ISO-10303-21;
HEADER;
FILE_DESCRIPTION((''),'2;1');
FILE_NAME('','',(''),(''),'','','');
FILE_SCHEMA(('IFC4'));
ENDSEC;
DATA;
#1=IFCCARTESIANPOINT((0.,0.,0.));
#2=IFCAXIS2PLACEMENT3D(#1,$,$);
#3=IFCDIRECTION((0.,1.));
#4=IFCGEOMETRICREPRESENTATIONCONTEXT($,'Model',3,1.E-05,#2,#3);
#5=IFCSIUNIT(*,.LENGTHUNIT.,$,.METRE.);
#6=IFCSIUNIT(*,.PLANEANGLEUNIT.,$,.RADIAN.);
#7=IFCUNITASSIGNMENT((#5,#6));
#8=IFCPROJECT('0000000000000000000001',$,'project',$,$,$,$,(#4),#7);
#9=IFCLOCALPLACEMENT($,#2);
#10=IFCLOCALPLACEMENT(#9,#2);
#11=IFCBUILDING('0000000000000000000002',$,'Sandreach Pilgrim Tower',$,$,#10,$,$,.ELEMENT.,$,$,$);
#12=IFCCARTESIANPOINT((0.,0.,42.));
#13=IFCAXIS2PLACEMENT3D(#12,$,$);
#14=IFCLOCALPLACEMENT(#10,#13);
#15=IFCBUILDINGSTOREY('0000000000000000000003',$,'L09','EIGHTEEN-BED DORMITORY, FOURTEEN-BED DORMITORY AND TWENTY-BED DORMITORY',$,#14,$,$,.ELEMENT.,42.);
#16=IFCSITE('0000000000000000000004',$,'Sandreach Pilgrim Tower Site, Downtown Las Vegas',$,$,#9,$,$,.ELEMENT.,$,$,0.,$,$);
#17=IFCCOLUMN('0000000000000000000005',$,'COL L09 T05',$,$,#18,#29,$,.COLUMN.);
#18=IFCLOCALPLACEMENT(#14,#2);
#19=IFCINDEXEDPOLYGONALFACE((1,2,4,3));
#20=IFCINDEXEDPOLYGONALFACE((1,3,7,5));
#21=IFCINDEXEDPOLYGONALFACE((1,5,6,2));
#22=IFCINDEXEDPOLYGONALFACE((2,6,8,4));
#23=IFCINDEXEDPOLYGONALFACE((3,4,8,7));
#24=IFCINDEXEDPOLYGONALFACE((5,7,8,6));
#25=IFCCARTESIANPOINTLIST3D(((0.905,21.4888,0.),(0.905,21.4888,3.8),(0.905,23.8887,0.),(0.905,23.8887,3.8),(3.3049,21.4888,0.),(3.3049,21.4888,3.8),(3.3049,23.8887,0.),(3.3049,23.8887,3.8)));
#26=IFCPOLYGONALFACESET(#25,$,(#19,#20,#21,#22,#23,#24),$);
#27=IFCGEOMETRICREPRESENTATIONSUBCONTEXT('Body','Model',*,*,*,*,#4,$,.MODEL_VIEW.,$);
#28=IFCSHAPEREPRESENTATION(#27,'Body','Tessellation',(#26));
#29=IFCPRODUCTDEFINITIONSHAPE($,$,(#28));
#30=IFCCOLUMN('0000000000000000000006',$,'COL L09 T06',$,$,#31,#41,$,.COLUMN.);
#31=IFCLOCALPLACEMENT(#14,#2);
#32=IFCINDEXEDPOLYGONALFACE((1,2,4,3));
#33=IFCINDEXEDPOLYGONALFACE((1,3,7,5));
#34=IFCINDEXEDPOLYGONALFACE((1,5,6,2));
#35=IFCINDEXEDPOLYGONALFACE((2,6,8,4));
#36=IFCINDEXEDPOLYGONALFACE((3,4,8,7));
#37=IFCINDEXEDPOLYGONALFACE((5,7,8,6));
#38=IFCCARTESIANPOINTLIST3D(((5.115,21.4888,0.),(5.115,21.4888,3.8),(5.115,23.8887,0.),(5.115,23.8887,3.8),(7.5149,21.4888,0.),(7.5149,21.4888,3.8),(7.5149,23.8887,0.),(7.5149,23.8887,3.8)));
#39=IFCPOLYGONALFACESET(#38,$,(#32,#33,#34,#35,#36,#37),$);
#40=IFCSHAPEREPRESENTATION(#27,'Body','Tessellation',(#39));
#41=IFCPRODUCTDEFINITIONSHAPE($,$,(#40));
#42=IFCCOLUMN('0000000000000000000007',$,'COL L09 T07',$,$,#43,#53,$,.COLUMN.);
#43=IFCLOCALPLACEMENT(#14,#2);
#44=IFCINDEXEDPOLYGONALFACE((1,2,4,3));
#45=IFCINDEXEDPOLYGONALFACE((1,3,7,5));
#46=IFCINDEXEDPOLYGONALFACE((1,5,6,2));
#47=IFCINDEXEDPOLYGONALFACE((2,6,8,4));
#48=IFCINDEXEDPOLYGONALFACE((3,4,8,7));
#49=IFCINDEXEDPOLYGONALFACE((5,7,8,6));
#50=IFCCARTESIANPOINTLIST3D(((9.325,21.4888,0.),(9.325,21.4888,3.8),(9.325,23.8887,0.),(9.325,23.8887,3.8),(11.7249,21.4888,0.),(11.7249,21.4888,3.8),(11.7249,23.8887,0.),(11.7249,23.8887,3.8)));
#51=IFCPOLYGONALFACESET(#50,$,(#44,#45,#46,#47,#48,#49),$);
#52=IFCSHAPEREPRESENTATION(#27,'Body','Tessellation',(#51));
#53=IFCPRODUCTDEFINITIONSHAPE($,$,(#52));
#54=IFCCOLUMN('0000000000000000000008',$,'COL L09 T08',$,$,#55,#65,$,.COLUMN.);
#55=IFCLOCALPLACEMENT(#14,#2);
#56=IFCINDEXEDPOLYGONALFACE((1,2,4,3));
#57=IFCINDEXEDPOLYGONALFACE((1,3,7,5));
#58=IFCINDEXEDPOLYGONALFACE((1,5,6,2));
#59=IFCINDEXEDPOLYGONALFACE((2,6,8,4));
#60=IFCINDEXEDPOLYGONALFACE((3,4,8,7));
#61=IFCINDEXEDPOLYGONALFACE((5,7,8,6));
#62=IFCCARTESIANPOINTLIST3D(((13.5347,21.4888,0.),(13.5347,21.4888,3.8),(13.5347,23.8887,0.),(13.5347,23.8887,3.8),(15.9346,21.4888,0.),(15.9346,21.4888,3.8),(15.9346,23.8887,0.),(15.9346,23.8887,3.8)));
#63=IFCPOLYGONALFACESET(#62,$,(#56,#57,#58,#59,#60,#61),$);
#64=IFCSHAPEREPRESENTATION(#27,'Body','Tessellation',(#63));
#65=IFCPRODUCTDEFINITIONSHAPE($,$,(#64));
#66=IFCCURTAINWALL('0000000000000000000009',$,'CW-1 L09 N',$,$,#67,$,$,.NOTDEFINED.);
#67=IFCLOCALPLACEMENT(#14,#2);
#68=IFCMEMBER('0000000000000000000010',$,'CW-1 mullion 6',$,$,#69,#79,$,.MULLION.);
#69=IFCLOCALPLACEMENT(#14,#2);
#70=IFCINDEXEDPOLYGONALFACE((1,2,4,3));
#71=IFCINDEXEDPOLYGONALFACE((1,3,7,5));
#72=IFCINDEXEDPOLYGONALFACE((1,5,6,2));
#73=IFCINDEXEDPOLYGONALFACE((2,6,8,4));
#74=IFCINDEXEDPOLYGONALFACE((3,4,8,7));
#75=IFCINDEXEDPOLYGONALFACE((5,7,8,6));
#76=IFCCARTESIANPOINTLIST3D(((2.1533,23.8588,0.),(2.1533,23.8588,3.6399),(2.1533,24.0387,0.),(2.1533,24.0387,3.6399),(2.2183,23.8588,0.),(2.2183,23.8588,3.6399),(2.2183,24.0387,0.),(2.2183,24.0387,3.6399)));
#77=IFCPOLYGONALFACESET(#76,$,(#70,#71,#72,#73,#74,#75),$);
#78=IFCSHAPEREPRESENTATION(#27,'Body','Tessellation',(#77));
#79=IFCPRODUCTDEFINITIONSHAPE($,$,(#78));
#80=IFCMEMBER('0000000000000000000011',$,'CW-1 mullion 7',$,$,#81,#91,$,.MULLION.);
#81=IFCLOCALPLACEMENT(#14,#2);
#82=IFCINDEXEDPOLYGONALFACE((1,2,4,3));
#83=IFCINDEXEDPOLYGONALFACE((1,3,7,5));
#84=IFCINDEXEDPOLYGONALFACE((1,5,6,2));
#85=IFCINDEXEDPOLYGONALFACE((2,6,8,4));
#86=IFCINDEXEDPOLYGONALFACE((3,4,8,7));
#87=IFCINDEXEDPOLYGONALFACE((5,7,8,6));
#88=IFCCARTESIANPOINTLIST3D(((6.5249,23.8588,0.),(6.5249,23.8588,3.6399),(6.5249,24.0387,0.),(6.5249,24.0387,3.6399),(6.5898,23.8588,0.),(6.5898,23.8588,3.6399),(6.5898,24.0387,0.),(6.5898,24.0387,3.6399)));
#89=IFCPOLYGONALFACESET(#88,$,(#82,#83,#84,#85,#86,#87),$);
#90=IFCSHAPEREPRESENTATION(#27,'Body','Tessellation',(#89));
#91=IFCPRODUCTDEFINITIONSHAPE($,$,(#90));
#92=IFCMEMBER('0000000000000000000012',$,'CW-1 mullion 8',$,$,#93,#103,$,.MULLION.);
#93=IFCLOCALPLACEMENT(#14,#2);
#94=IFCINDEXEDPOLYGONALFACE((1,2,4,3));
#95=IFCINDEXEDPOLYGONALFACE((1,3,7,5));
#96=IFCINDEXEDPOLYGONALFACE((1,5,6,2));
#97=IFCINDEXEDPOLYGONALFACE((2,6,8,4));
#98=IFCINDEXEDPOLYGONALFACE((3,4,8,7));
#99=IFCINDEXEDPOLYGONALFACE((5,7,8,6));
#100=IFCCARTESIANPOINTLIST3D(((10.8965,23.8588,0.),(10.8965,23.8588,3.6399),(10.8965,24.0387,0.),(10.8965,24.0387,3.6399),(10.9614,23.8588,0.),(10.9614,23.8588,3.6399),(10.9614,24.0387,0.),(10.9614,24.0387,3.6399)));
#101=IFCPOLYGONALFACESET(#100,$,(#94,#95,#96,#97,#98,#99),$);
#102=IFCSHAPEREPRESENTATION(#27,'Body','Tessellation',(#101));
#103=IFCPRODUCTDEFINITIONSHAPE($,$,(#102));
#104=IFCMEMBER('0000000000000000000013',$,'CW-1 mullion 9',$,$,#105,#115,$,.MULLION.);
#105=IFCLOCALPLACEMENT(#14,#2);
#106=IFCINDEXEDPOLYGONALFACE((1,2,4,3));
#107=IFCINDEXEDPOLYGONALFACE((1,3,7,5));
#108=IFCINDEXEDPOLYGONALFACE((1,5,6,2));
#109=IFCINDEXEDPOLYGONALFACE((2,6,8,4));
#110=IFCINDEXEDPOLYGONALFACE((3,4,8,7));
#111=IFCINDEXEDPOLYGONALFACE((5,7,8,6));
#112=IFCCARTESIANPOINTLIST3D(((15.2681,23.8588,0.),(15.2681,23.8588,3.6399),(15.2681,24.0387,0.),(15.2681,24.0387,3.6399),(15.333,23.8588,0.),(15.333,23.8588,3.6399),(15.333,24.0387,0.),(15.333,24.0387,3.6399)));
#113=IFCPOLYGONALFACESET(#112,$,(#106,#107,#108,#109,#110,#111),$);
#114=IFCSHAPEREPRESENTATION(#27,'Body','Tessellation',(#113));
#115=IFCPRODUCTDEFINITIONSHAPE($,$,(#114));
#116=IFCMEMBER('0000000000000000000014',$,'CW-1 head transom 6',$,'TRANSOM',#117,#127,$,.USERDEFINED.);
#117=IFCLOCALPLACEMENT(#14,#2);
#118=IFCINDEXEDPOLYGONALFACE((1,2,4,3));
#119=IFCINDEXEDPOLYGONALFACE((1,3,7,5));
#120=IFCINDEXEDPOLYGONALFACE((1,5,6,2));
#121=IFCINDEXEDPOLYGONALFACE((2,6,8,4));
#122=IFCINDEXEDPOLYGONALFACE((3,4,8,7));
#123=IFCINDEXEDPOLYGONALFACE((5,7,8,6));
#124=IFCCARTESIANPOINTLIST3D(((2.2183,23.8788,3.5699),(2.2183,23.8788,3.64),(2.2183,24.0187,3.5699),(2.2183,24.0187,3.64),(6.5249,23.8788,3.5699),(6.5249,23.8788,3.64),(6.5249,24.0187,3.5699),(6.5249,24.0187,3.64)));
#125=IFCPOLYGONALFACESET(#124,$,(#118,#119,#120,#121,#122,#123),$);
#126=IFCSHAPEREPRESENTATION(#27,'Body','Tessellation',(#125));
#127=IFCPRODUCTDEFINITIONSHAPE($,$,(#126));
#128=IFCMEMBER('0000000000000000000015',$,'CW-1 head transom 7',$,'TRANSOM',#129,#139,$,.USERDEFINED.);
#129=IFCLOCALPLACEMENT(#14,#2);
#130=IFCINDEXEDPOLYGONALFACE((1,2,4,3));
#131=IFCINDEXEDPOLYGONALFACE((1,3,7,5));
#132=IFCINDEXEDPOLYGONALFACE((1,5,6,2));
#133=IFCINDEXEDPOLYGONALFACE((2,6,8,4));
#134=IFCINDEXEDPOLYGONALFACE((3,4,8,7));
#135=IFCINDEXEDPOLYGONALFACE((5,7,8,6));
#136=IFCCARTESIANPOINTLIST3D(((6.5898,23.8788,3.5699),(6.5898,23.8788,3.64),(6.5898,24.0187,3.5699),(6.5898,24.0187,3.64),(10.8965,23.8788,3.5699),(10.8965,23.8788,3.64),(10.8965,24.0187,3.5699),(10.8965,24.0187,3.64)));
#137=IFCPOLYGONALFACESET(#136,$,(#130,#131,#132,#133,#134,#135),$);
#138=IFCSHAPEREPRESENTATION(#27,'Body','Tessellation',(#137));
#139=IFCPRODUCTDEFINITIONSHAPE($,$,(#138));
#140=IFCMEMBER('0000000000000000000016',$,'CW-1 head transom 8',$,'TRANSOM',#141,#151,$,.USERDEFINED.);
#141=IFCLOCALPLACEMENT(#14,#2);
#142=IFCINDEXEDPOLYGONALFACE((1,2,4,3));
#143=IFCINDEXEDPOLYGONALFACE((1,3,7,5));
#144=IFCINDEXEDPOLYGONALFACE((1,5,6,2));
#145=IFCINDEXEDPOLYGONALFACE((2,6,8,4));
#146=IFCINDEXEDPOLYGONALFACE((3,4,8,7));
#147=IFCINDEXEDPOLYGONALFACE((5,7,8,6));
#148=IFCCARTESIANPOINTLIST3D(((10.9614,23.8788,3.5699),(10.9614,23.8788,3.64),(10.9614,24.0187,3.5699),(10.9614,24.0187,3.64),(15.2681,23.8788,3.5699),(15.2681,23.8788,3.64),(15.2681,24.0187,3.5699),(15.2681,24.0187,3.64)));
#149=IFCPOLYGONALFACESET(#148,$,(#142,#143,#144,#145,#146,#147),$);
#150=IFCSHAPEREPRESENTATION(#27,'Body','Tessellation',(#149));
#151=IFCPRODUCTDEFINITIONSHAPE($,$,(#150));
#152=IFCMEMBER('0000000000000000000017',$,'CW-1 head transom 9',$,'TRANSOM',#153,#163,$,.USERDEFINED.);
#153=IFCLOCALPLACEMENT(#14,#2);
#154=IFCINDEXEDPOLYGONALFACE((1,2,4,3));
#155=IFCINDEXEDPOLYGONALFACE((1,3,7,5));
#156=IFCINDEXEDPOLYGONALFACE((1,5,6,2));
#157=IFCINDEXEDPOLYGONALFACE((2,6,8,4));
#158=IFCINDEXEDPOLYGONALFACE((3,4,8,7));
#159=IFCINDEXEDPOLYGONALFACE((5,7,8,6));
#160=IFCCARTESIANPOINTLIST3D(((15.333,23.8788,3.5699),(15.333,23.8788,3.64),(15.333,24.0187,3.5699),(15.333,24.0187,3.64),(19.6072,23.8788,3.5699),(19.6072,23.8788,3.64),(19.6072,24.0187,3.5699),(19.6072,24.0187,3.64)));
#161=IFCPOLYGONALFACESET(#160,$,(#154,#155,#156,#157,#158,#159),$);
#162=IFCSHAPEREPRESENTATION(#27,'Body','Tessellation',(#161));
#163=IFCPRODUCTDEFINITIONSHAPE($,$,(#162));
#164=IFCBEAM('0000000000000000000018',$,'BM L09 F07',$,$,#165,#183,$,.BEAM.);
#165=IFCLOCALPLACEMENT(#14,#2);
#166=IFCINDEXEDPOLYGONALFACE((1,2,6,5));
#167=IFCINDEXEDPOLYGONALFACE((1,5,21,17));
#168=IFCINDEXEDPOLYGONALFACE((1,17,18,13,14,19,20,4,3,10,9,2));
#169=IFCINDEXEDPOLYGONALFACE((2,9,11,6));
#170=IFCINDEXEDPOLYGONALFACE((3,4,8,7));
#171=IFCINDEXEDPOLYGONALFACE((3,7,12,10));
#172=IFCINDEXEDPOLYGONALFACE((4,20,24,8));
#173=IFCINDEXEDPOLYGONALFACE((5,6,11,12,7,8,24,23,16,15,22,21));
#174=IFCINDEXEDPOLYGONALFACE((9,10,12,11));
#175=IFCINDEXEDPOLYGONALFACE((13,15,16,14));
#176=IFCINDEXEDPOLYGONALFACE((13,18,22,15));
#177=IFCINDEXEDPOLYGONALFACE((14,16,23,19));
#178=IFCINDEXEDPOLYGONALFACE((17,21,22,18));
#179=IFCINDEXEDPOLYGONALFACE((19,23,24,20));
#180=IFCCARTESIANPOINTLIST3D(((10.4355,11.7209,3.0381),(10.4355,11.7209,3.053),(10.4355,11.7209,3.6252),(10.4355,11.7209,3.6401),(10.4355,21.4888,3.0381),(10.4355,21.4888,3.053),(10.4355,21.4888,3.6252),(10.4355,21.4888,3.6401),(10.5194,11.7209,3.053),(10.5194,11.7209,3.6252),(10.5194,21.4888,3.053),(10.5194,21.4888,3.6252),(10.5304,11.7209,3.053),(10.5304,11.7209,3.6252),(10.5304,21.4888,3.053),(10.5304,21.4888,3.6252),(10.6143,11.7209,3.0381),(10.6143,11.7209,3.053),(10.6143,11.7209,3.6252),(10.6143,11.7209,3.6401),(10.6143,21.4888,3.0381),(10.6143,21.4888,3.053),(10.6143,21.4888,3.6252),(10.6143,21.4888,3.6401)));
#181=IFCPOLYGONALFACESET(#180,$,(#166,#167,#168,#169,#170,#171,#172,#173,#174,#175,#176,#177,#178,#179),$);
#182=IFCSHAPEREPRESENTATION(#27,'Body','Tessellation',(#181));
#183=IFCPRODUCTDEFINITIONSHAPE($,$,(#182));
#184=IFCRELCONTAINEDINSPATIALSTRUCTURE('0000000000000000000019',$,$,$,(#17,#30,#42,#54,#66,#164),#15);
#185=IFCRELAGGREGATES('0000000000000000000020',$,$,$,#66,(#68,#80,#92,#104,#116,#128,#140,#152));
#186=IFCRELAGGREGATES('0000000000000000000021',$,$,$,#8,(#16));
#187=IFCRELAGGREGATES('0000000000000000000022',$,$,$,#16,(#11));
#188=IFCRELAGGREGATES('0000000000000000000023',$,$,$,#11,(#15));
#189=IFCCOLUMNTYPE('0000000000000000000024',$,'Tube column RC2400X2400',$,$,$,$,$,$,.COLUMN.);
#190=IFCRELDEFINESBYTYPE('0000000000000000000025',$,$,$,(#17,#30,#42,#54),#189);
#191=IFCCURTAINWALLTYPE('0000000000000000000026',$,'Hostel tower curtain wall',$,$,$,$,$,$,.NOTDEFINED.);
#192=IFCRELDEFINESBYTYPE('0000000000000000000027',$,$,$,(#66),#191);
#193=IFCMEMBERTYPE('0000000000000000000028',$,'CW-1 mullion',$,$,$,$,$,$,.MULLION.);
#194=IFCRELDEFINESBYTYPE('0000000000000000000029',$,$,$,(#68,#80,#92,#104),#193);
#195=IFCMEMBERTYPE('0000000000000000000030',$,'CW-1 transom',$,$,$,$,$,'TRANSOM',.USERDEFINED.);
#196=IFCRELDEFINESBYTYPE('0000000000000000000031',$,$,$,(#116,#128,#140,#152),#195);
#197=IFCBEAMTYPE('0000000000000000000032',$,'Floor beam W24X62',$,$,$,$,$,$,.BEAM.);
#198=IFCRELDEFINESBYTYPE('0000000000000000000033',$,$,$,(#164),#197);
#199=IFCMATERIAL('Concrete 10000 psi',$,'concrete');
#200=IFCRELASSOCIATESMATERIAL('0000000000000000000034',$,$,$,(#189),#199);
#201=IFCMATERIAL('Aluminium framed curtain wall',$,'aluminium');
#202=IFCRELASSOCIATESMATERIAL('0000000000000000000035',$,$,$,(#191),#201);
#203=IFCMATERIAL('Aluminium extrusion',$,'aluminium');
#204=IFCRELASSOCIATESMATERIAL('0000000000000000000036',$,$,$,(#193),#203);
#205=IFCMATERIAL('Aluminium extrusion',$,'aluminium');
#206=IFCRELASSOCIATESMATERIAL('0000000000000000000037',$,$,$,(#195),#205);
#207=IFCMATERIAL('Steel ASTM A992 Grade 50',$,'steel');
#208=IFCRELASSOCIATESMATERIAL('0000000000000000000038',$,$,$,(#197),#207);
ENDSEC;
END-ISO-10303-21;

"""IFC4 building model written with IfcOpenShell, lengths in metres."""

from ifc_helpers import new_model, si_unit, direction, frame, origin, origin_2d, place, context, subcontext, project, spatial, rectangle, i_section, extrude, material, material_profile, profile_set, type_object, element, aggregate, save


model = new_model("IFC4")

# Units and contexts
model_context = context("Model", 3, precision=1e-05, world=origin(), true_north=direction((0.0, 1.0)))
body_context = subcontext(model_context, "Body", "Model", "MODEL_VIEW")
ifc_project = project(units=[si_unit("LENGTHUNIT", "METRE"), si_unit("PLANEANGLEUNIT", "RADIAN")], contexts=[model_context])

# Site, building, storey
site_placement = place(None, origin())
site = spatial("IfcSite", under=ifc_project, at=site_placement, Name="Sandreach Pilgrim Tower Site, Downtown Las Vegas", CompositionType="ELEMENT", RefElevation=0.0)
building_placement = place(site_placement, origin())
building = spatial("IfcBuilding", under=site, at=building_placement, Name="Sandreach Pilgrim Tower", CompositionType="ELEMENT")
storey_placement = place(building_placement, frame((0.0, 0.0, 42.0)))
storey = spatial("IfcBuildingStorey", under=building, at=storey_placement, Name="L09", Description="EIGHTEEN-BED DORMITORY, FOURTEEN-BED DORMITORY AND TWENTY-BED DORMITORY", CompositionType="ELEMENT", Elevation=42.0)

# Columns
ifc_material_1 = material(Name="Concrete 10000 psi", Category="concrete")
ifc_material_profile_1 = material_profile(ifc_material_1, rectangle(XDim=2.3999, YDim=2.3999, at=origin_2d()), Name="RC2400X2400")
ifc_profile_set_1 = profile_set([ifc_material_profile_1], Name="Concrete 10000 psi")
column_type = type_object("IfcColumnType", Name="Tube column RC2400X2400", PredefinedType="COLUMN", material=ifc_profile_set_1)
for number, where, z_axis, x_axis, name in (
    (1, (2.105, 22.6887, 0.0), (0.0, 0.0, 1.0), (0.0, 1.0, 0.0), "COL L09 T05"),
    (2, (6.3149, 22.6887, 0.0), (0.0, 0.0, 1.0), (0.0, 1.0, 0.0), "COL L09 T06"),
    (3, (10.5249, 22.6887, 0.0), (0.0, 0.0, 1.0), (0.0, 1.0, 0.0), "COL L09 T07"),
    (4, (14.7346, 22.6887, 0.0), (0.0, 0.0, 1.0), (0.0, 1.0, 0.0), "COL L09 T08"),
):
    element("IfcColumn", number, at=place(storey_placement, frame(where, z_axis=z_axis, x_axis=x_axis)), inside=storey, type_object=column_type, Name=name, PredefinedType="COLUMN", context=body_context, shape_type="SweptSolid", body=[
        extrude(rectangle(XDim=2.3999, YDim=2.3999, at=origin_2d()), origin(), (0.0, 0.0, 1.0), 3.8),
    ])

# Curtain wall, members
ifc_material_2 = material(Name="Aluminium framed curtain wall", Category="aluminium")
curtain_wall_type = type_object("IfcCurtainWallType", Name="Hostel tower curtain wall", PredefinedType="NOTDEFINED", material=ifc_material_2)
curtain_wall_placement = place(storey_placement, origin())
curtain_wall = element("IfcCurtainWall", 5, at=curtain_wall_placement, inside=storey, type_object=curtain_wall_type, Name="CW-1 L09 N", PredefinedType="NOTDEFINED")
ifc_material_3 = material(Name="Aluminium extrusion", Category="aluminium")
ifc_material_profile_2 = material_profile(ifc_material_3, rectangle(XDim=0.0649, YDim=0.1799, at=origin_2d()), Name="CW-1M 65X180")
ifc_profile_set_2 = profile_set([ifc_material_profile_2], Name="Aluminium extrusion")
member_type_1 = type_object("IfcMemberType", Name="CW-1 mullion", PredefinedType="MULLION", material=ifc_profile_set_2)
member_1_placement = place(storey_placement, frame((2.1858, 23.9487, 0.0), z_axis=(0.0, 0.0, 1.0), x_axis=(1.0, 0.0, 0.0)))
member_1 = element("IfcMember", 6, at=member_1_placement, type_object=member_type_1, Name="CW-1 mullion 6", PredefinedType="MULLION", context=body_context, shape_type="SweptSolid", body=[
    extrude(rectangle(XDim=0.0649, YDim=0.1799, at=origin_2d()), origin(), (0.0, 0.0, 1.0), 3.6399),
])
member_2_placement = place(storey_placement, frame((6.5574, 23.9487, 0.0), z_axis=(0.0, 0.0, 1.0), x_axis=(1.0, 0.0, 0.0)))
member_2 = element("IfcMember", 7, at=member_2_placement, type_object=member_type_1, Name="CW-1 mullion 7", PredefinedType="MULLION", context=body_context, shape_type="SweptSolid", body=[
    extrude(rectangle(XDim=0.0649, YDim=0.1799, at=origin_2d()), origin(), (0.0, 0.0, 1.0), 3.6399),
])
member_3_placement = place(storey_placement, frame((10.929, 23.9487, 0.0), z_axis=(0.0, 0.0, 1.0), x_axis=(1.0, 0.0, 0.0)))
member_3 = element("IfcMember", 8, at=member_3_placement, type_object=member_type_1, Name="CW-1 mullion 8", PredefinedType="MULLION", context=body_context, shape_type="SweptSolid", body=[
    extrude(rectangle(XDim=0.0649, YDim=0.1799, at=origin_2d()), origin(), (0.0, 0.0, 1.0), 3.6399),
])
member_4_placement = place(storey_placement, frame((15.3005, 23.9487, 0.0), z_axis=(0.0, 0.0, 1.0), x_axis=(1.0, 0.0, 0.0)))
member_4 = element("IfcMember", 9, at=member_4_placement, type_object=member_type_1, Name="CW-1 mullion 9", PredefinedType="MULLION", context=body_context, shape_type="SweptSolid", body=[
    extrude(rectangle(XDim=0.0649, YDim=0.1799, at=origin_2d()), origin(), (0.0, 0.0, 1.0), 3.6399),
])
ifc_material_4 = material(Name="Aluminium extrusion", Category="aluminium")
ifc_material_profile_3 = material_profile(ifc_material_4, rectangle(XDim=0.1399, YDim=0.0701, at=origin_2d()), Name="CW-1T 140X70")
ifc_profile_set_3 = profile_set([ifc_material_profile_3], Name="Aluminium extrusion")
member_type_2 = type_object("IfcMemberType", Name="CW-1 transom", ElementType="TRANSOM", PredefinedType="USERDEFINED", material=ifc_profile_set_3)
member_5_placement = place(storey_placement, frame((2.2183, 23.9487, 3.605), z_axis=(1.0, 0.0, 0.0), x_axis=(0.0, 1.0, 0.0)))
member_5 = element("IfcMember", 10, at=member_5_placement, type_object=member_type_2, Name="CW-1 head transom 6", ObjectType="TRANSOM", PredefinedType="USERDEFINED", context=body_context, shape_type="SweptSolid", body=[
    extrude(rectangle(XDim=0.1399, YDim=0.0701, at=origin_2d()), origin(), (0.0, 0.0, 1.0), 4.3066),
])
member_6_placement = place(storey_placement, frame((6.5898, 23.9487, 3.605), z_axis=(1.0, 0.0, 0.0), x_axis=(0.0, 1.0, 0.0)))
member_6 = element("IfcMember", 11, at=member_6_placement, type_object=member_type_2, Name="CW-1 head transom 7", ObjectType="TRANSOM", PredefinedType="USERDEFINED", context=body_context, shape_type="SweptSolid", body=[
    extrude(rectangle(XDim=0.1399, YDim=0.0701, at=origin_2d()), origin(), (0.0, 0.0, 1.0), 4.3066),
])
member_7_placement = place(storey_placement, frame((10.9614, 23.9487, 3.605), z_axis=(1.0, 0.0, 0.0), x_axis=(0.0, 1.0, 0.0)))
member_7 = element("IfcMember", 12, at=member_7_placement, type_object=member_type_2, Name="CW-1 head transom 8", ObjectType="TRANSOM", PredefinedType="USERDEFINED", context=body_context, shape_type="SweptSolid", body=[
    extrude(rectangle(XDim=0.1399, YDim=0.0701, at=origin_2d()), origin(), (0.0, 0.0, 1.0), 4.3066),
])
member_8_placement = place(storey_placement, frame((15.333, 23.9487, 3.605), z_axis=(1.0, 0.0, 0.0), x_axis=(0.0, 1.0, 0.0)))
member_8 = element("IfcMember", 13, at=member_8_placement, type_object=member_type_2, Name="CW-1 head transom 9", ObjectType="TRANSOM", PredefinedType="USERDEFINED", context=body_context, shape_type="SweptSolid", body=[
    extrude(rectangle(XDim=0.1399, YDim=0.0701, at=origin_2d()), origin(), (0.0, 0.0, 1.0), 4.2742),
])

# Beam
ifc_material_5 = material(Name="Steel ASTM A992 Grade 50", Category="steel")
ifc_material_profile_4 = material_profile(ifc_material_5, i_section(OverallWidth=0.1787, OverallDepth=0.6021, WebThickness=0.011, FlangeThickness=0.0149, at=origin_2d()), Name="W24X62")
ifc_profile_set_4 = profile_set([ifc_material_profile_4], Name="Steel ASTM A992 Grade 50")
beam_type_1 = type_object("IfcBeamType", Name="Floor beam W24X62", PredefinedType="BEAM", material=ifc_profile_set_4)
beam_1_placement = place(storey_placement, frame((10.5249, 21.4888, 3.3391), z_axis=(0.0, -1.0, 0.0), x_axis=(1.0, 0.0, 0.0)))
element("IfcBeam", 14, at=beam_1_placement, inside=storey, type_object=beam_type_1, Name="BM L09 F07", PredefinedType="BEAM", context=body_context, shape_type="SweptSolid", body=[
    extrude(i_section(OverallWidth=0.1787, OverallDepth=0.6021, WebThickness=0.011, FlangeThickness=0.0149, at=origin_2d()), origin(), (0.0, 0.0, 1.0), 9.7678),
])

aggregate(curtain_wall, [member_1, member_2, member_3, member_4, member_5, member_6, member_7, member_8])

save(model, "model.ifc")
